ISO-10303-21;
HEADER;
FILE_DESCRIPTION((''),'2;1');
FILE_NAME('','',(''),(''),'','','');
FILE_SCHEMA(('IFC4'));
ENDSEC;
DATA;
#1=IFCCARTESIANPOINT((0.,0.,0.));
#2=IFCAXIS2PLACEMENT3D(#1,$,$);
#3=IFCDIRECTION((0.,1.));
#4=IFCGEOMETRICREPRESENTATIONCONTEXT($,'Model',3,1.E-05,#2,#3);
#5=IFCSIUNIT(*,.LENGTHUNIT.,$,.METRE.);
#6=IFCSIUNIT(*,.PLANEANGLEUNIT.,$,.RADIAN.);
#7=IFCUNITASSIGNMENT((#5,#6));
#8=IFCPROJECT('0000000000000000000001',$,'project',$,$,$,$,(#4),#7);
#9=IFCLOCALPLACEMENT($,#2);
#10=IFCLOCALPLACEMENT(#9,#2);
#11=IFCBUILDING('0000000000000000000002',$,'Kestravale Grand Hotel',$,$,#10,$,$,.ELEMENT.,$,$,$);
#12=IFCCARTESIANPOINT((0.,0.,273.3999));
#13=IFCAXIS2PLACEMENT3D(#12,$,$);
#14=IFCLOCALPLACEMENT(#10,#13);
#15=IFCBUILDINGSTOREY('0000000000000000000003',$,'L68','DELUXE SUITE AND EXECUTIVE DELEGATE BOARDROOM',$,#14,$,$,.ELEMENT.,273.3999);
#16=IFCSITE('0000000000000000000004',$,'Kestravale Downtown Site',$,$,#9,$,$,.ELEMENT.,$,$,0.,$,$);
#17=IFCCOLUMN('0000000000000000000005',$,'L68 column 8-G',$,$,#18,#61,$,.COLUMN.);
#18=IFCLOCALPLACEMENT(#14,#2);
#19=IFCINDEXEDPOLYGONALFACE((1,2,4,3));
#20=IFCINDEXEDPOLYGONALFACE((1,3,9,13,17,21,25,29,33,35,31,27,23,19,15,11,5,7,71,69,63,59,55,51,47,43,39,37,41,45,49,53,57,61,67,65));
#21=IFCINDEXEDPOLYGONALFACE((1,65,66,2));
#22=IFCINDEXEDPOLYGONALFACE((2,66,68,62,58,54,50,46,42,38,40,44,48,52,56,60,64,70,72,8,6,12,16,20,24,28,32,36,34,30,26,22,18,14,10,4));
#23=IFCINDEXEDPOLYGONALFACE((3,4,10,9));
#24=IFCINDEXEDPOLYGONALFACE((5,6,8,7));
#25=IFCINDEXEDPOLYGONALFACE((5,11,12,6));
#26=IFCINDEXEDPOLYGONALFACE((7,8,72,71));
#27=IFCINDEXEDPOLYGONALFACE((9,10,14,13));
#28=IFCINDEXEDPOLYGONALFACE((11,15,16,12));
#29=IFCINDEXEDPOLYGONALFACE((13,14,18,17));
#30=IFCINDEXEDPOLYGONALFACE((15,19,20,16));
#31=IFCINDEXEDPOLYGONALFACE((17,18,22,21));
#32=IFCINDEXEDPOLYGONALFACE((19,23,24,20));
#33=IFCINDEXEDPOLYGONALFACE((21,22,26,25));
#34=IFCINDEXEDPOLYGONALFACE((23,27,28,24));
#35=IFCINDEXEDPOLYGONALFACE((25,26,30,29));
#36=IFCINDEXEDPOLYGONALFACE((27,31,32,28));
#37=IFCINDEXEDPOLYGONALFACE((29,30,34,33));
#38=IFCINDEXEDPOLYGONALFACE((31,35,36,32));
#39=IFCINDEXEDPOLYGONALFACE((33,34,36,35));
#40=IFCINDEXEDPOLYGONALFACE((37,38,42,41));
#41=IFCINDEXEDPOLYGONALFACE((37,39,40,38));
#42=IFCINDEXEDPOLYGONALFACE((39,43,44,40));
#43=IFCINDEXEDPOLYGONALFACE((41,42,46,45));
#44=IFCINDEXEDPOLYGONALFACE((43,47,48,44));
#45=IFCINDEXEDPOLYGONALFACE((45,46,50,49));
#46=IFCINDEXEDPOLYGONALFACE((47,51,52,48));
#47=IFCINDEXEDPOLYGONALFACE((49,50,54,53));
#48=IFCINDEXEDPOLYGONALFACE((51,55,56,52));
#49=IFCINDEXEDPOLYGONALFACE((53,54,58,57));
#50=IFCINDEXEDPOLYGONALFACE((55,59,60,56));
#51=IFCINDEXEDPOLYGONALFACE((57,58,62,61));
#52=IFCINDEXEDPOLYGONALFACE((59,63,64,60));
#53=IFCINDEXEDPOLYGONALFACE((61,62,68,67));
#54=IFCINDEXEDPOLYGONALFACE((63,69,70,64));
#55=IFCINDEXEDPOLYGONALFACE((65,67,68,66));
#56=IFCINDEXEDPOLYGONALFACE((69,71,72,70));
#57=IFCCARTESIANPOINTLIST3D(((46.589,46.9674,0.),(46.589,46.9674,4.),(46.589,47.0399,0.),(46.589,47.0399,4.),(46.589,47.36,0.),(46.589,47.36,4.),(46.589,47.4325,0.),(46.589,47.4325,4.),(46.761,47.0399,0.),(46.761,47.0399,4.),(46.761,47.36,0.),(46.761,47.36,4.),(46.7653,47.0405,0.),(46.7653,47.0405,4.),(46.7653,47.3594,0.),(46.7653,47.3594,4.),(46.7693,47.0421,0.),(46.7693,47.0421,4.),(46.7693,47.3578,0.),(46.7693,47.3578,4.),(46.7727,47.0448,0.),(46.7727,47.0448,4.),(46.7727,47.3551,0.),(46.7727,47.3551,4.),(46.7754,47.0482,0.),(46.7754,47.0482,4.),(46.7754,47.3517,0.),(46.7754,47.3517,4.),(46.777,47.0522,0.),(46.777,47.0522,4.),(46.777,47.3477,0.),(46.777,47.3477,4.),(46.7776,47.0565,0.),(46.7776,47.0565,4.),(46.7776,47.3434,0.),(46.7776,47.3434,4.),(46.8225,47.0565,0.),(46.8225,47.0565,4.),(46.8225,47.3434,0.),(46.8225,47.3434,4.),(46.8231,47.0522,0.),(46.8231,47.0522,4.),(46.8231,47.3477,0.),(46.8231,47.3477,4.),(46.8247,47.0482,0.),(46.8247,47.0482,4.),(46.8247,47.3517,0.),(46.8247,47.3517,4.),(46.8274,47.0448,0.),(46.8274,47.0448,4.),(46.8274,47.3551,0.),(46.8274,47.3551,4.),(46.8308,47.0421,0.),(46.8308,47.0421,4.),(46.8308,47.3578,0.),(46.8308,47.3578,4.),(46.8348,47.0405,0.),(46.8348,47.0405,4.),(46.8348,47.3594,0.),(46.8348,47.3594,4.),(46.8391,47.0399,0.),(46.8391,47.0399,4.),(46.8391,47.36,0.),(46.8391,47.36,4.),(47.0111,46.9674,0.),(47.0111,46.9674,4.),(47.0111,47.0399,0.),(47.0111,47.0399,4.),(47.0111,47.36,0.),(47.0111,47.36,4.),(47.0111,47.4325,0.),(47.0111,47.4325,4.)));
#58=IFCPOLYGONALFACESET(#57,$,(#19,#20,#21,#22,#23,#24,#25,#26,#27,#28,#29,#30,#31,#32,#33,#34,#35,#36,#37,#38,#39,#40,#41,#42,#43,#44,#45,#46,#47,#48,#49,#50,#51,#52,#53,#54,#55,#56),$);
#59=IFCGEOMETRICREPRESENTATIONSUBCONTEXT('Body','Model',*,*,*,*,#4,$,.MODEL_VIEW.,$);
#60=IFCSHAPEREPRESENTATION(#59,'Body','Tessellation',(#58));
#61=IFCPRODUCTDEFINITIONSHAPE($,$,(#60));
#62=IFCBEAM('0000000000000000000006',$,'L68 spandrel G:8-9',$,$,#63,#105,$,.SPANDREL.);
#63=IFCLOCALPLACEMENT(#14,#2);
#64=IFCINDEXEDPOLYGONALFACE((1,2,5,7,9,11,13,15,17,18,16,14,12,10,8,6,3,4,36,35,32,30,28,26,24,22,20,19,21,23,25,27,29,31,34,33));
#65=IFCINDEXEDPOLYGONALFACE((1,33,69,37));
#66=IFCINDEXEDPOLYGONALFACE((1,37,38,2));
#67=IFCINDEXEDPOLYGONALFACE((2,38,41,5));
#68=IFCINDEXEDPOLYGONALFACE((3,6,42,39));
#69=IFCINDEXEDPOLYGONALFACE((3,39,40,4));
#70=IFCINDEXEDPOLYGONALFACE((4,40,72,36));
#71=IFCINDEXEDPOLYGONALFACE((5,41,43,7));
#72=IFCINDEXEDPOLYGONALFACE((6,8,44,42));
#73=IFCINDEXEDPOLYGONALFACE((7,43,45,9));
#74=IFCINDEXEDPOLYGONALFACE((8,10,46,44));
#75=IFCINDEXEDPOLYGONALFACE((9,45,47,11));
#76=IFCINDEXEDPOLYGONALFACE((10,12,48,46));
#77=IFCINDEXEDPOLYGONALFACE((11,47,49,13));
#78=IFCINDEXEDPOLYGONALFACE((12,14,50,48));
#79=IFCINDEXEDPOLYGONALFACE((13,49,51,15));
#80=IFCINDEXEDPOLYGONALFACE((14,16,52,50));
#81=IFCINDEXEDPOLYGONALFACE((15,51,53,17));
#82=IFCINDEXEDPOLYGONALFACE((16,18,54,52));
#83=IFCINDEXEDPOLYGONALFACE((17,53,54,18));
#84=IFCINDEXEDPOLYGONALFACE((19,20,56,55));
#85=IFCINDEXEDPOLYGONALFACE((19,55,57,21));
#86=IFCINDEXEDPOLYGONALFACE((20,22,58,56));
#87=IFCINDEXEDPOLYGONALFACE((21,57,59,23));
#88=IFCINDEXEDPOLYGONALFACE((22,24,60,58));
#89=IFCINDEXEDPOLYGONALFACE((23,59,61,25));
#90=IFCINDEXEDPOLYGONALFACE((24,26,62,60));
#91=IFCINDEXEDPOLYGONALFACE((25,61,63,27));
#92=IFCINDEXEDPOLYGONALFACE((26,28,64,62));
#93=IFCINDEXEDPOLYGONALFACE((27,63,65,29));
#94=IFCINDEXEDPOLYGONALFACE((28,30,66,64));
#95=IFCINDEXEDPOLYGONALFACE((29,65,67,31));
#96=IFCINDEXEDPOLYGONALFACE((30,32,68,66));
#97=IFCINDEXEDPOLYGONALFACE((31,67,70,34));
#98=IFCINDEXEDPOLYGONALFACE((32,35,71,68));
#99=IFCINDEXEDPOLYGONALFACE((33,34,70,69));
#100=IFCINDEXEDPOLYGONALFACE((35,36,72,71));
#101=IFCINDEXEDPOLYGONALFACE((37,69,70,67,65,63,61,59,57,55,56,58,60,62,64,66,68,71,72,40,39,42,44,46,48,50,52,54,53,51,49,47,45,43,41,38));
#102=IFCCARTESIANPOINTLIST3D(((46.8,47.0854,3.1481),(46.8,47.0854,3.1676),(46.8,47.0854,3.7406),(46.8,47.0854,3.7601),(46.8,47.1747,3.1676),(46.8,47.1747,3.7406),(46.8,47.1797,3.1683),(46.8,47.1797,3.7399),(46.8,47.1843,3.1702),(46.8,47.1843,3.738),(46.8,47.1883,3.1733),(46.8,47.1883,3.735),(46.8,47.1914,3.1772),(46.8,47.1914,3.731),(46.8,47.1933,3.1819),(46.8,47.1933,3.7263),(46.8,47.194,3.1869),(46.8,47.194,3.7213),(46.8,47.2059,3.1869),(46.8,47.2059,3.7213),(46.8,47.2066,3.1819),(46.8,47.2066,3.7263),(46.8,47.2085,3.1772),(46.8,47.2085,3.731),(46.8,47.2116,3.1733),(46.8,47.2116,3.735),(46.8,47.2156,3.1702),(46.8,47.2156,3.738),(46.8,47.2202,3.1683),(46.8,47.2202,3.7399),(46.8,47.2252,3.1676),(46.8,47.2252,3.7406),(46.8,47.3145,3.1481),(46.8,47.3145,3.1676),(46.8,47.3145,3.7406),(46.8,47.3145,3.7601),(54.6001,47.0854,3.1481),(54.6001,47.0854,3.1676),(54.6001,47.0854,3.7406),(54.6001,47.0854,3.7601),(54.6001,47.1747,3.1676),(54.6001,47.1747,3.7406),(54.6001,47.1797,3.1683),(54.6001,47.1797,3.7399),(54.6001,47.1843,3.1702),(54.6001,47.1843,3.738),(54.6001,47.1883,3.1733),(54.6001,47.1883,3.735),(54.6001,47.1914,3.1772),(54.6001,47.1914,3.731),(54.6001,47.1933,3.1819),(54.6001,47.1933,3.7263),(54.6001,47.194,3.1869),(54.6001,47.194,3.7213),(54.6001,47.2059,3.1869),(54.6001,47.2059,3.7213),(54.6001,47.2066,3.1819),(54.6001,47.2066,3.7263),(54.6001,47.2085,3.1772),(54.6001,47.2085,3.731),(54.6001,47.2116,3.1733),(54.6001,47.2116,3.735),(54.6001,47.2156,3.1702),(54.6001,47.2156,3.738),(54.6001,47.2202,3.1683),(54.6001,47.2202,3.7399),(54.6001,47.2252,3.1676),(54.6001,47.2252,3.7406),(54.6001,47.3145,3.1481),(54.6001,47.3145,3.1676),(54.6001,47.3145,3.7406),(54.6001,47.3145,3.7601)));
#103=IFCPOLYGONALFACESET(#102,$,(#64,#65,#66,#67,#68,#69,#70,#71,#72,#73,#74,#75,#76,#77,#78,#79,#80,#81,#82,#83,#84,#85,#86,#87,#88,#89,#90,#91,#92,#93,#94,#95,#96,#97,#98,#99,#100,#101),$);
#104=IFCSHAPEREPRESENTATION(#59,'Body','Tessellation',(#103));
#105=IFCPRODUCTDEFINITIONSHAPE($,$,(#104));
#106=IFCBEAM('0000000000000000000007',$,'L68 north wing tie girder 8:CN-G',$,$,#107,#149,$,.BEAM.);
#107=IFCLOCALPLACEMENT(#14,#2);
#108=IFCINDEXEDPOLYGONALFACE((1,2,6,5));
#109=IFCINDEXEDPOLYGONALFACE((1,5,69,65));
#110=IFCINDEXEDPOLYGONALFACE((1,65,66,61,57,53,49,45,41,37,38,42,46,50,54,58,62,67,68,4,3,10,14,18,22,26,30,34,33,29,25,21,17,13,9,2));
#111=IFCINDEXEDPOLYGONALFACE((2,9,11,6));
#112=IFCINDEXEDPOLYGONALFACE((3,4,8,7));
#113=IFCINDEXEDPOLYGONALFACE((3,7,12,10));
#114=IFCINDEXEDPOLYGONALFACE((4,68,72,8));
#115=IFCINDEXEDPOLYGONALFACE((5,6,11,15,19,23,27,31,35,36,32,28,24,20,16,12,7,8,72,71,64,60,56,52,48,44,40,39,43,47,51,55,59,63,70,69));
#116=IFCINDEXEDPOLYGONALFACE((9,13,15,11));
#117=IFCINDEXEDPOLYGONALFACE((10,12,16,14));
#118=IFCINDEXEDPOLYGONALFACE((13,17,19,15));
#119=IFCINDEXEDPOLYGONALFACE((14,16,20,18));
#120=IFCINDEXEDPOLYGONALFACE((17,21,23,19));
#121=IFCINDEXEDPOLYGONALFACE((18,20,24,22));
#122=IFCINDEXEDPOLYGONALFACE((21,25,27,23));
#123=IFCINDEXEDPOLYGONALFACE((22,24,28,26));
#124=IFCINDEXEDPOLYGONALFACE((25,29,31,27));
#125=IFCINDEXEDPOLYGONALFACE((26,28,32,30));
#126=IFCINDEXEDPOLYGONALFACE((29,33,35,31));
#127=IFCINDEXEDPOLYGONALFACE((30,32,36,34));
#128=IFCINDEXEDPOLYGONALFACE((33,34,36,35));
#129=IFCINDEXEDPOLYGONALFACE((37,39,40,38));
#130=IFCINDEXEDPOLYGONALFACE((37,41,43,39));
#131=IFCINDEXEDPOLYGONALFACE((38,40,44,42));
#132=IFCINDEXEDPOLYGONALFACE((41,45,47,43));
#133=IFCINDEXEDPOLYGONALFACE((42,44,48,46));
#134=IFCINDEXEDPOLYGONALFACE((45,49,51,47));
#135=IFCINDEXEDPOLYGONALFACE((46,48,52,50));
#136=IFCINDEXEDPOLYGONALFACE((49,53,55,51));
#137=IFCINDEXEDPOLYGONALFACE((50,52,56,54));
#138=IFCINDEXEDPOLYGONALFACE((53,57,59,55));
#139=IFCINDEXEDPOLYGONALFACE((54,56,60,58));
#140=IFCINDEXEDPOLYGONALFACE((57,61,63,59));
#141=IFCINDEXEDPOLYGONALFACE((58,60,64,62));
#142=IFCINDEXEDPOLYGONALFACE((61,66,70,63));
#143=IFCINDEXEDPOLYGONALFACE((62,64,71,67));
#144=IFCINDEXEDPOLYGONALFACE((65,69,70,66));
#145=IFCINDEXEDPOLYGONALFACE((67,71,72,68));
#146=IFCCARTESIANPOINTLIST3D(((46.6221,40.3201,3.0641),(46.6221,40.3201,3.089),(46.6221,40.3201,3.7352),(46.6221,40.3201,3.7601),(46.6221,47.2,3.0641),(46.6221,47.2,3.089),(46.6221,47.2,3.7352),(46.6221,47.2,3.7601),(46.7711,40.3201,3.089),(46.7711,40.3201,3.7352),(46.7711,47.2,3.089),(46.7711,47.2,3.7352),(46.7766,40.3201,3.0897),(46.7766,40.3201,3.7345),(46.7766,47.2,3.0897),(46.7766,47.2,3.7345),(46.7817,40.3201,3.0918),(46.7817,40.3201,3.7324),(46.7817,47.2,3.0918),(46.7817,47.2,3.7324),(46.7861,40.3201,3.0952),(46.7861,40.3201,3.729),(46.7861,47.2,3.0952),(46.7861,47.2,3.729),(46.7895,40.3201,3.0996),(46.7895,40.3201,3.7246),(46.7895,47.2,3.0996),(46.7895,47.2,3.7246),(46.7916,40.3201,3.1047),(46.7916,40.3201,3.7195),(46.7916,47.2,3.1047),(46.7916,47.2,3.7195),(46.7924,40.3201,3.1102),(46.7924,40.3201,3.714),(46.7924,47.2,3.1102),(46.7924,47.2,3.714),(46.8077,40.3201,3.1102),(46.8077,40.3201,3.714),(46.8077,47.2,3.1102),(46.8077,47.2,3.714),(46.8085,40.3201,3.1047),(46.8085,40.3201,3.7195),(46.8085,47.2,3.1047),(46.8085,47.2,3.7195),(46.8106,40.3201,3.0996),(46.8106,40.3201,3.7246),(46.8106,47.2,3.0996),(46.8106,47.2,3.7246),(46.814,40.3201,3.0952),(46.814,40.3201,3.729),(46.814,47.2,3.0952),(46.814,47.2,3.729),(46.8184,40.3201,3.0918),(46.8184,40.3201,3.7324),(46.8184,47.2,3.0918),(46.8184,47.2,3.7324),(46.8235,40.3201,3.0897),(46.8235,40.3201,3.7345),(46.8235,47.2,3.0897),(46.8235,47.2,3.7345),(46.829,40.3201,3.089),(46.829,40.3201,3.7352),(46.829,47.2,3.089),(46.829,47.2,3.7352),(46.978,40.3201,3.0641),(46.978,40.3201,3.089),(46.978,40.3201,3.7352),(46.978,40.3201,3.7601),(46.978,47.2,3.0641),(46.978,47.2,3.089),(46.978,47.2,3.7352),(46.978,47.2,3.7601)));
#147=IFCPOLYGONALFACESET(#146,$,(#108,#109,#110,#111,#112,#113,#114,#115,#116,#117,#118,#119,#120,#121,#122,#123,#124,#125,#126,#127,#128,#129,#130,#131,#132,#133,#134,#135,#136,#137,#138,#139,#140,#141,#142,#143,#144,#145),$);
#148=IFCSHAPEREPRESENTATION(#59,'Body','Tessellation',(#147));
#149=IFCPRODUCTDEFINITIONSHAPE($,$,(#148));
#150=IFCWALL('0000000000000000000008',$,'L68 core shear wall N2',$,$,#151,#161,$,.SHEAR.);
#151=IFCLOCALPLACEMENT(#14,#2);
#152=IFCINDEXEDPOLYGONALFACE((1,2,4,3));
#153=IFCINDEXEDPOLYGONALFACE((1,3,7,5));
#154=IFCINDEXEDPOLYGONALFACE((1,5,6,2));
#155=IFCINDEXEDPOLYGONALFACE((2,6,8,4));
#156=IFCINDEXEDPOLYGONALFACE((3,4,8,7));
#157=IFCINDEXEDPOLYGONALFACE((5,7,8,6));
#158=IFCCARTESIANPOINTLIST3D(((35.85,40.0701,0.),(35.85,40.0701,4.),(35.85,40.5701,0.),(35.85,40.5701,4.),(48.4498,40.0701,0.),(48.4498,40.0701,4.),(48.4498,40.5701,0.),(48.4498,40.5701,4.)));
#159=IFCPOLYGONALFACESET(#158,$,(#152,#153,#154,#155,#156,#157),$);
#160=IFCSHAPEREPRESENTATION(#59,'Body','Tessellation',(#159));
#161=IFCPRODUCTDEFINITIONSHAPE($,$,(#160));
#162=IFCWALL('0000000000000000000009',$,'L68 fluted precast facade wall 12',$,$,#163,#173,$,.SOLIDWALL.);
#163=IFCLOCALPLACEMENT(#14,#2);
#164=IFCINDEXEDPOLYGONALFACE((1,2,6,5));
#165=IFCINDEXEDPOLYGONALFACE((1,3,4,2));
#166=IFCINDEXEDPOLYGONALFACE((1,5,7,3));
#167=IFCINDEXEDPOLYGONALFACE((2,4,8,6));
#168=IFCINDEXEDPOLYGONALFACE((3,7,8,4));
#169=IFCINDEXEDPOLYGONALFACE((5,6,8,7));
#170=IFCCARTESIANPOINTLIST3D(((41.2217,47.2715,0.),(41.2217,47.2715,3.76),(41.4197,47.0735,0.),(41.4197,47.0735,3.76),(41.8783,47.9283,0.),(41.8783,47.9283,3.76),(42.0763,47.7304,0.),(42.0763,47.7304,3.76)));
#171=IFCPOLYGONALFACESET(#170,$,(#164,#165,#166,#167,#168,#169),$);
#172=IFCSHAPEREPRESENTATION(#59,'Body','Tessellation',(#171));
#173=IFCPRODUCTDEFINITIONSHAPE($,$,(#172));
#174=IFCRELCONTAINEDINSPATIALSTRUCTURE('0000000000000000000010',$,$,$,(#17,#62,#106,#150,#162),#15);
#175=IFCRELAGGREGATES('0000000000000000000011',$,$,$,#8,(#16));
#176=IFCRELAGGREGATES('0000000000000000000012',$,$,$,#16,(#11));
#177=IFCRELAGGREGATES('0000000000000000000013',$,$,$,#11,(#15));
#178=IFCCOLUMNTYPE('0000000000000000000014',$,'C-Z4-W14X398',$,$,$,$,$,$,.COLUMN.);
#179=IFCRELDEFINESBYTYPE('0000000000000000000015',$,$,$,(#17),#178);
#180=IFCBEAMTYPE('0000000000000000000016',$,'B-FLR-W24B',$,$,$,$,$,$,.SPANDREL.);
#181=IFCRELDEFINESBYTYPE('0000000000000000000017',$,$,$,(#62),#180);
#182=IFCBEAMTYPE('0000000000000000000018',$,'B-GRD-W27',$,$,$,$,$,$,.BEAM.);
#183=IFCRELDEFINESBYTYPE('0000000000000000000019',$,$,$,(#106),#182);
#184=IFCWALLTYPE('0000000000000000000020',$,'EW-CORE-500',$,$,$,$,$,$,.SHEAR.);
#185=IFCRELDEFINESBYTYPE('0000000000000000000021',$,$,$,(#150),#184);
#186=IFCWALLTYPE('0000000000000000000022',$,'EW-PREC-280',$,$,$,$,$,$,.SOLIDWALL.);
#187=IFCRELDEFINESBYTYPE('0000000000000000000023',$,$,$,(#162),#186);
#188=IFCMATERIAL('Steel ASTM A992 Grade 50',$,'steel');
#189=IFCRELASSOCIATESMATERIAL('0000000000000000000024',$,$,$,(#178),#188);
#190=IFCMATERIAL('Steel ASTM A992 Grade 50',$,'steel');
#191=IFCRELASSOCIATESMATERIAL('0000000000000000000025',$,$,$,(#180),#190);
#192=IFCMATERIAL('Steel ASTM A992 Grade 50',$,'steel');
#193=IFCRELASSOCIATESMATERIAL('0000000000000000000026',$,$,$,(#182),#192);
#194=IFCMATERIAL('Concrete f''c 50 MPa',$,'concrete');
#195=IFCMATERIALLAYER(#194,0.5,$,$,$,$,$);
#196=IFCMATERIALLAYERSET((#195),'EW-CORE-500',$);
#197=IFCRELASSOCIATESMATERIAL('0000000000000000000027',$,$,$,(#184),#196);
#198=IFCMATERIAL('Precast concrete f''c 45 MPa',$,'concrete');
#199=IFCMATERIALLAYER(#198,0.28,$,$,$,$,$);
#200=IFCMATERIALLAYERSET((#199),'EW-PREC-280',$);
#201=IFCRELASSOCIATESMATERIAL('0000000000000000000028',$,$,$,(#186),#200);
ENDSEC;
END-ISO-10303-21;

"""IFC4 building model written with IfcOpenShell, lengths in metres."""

from ifc_helpers import new_model, si_unit, direction, frame, frame_2d, origin, origin_2d, place, context, subcontext, project, spatial, rectangle, i_section, extrude, material, layer, layer_set, material_profile, profile_set, type_object, element, save


model = new_model("IFC4")

# Units and contexts
model_context = context("Model", 3, precision=1e-05, world=origin(), true_north=direction((0.0, 1.0)))
body_context = subcontext(model_context, "Body", "Model", "MODEL_VIEW")
ifc_project = project(units=[si_unit("LENGTHUNIT", "METRE"), si_unit("PLANEANGLEUNIT", "RADIAN")], contexts=[model_context])

# Site, building, storey
site_placement = place(None, origin())
site = spatial("IfcSite", under=ifc_project, at=site_placement, Name="Kestravale Downtown Site", CompositionType="ELEMENT", RefElevation=0.0)
building_placement = place(site_placement, origin())
building = spatial("IfcBuilding", under=site, at=building_placement, Name="Kestravale Grand Hotel", CompositionType="ELEMENT")
storey_placement = place(building_placement, frame((0.0, 0.0, 273.3999)))
storey = spatial("IfcBuildingStorey", under=building, at=storey_placement, Name="L68", Description="DELUXE SUITE AND EXECUTIVE DELEGATE BOARDROOM", CompositionType="ELEMENT", Elevation=273.3999)

# Column
ifc_material_1 = material(Name="Steel ASTM A992 Grade 50", Category="steel")
ifc_material_profile_1 = material_profile(ifc_material_1, i_section(OverallWidth=0.4221, OverallDepth=0.4651, WebThickness=0.0449, FlangeThickness=0.0725, FilletRadius=0.0166, at=origin_2d()))
ifc_profile_set_1 = profile_set([ifc_material_profile_1], Name="Steel ASTM A992 Grade 50")
column_type = type_object("IfcColumnType", Name="C-Z4-W14X398", PredefinedType="COLUMN", material=ifc_profile_set_1)
column_placement = place(storey_placement, frame((46.8, 47.2, 0.0), z_axis=(0.0, 0.0, 1.0), x_axis=(1.0, 0.0, 0.0)))
element("IfcColumn", 1, at=column_placement, inside=storey, type_object=column_type, Name="L68 column 8-G", PredefinedType="COLUMN", context=body_context, shape_type="SweptSolid", body=[
    extrude(i_section(OverallWidth=0.4221, OverallDepth=0.4651, WebThickness=0.0449, FlangeThickness=0.0725, FilletRadius=0.0166, at=origin_2d()), origin(), (0.0, 0.0, 1.0), 4.0),
])

# Beams
ifc_material_2 = material(Name="Steel ASTM A992 Grade 50", Category="steel")
ifc_material_profile_2 = material_profile(ifc_material_2, i_section(OverallWidth=0.229, OverallDepth=0.6121, WebThickness=0.012, FlangeThickness=0.0195, FilletRadius=0.0193, at=origin_2d()))
ifc_profile_set_2 = profile_set([ifc_material_profile_2], Name="Steel ASTM A992 Grade 50")
beam_type_1 = type_object("IfcBeamType", Name="B-FLR-W24B", PredefinedType="SPANDREL", material=ifc_profile_set_2)
beam_1_placement = place(storey_placement, frame((46.8, 47.2, 3.4541), z_axis=(1.0, 0.0, 0.0), x_axis=(0.0, 1.0, 0.0)))
element("IfcBeam", 2, at=beam_1_placement, inside=storey, type_object=beam_type_1, Name="L68 spandrel G:8-9", PredefinedType="SPANDREL", context=body_context, shape_type="SweptSolid", body=[
    extrude(i_section(OverallWidth=0.229, OverallDepth=0.6121, WebThickness=0.012, FlangeThickness=0.0195, FilletRadius=0.0193, at=origin_2d()), origin(), (0.0, 0.0, 1.0), 7.8),
])
ifc_material_3 = material(Name="Steel ASTM A992 Grade 50", Category="steel")
ifc_material_profile_3 = material_profile(ifc_material_3, i_section(OverallWidth=0.356, OverallDepth=0.696, WebThickness=0.0154, FlangeThickness=0.0249, FilletRadius=0.0212, at=origin_2d()))
ifc_profile_set_3 = profile_set([ifc_material_profile_3], Name="Steel ASTM A992 Grade 50")
beam_type_2 = type_object("IfcBeamType", Name="B-GRD-W27", PredefinedType="BEAM", material=ifc_profile_set_3)
beam_2_placement = place(storey_placement, frame((46.8, 40.3201, 3.4121), z_axis=(0.0, 1.0, 0.0), x_axis=(-1.0, 0.0, 0.0)))
element("IfcBeam", 3, at=beam_2_placement, inside=storey, type_object=beam_type_2, Name="L68 north wing tie girder 8:CN-G", PredefinedType="BEAM", context=body_context, shape_type="SweptSolid", body=[
    extrude(i_section(OverallWidth=0.356, OverallDepth=0.696, WebThickness=0.0154, FlangeThickness=0.0249, FilletRadius=0.0212, at=origin_2d()), origin(), (0.0, 0.0, 1.0), 6.8799),
])

# Walls
ifc_material_4 = material(Name="Concrete f'c 50 MPa", Category="concrete")
ifc_layer_1 = layer(ifc_material_4, 0.5)
ifc_layer_set_1 = layer_set([ifc_layer_1], Name="EW-CORE-500")
wall_type_1 = type_object("IfcWallType", Name="EW-CORE-500", PredefinedType="SHEAR", material=ifc_layer_set_1)
wall_1_placement = place(storey_placement, frame((35.8501, 40.3201, 0.0), z_axis=(0.0, 0.0, 1.0), x_axis=(1.0, 0.0, 0.0)))
element("IfcWall", 4, at=wall_1_placement, inside=storey, type_object=wall_type_1, Name="L68 core shear wall N2", PredefinedType="SHEAR", context=body_context, shape_type="SweptSolid", body=[
    extrude(rectangle(XDim=12.5999, YDim=0.5, at=frame_2d((6.2998, 0.0))), origin(), (0.0, 0.0, 1.0), 4.0),
])
ifc_material_5 = material(Name="Precast concrete f'c 45 MPa", Category="concrete")
ifc_layer_2 = layer(ifc_material_5, 0.28)
ifc_layer_set_2 = layer_set([ifc_layer_2], Name="EW-PREC-280")
wall_type_2 = type_object("IfcWallType", Name="EW-PREC-280", PredefinedType="SOLIDWALL", material=ifc_layer_set_2)
wall_2_placement = place(storey_placement, frame((41.9773, 47.8293, 0.0), z_axis=(0.0, 0.0, 1.0), x_axis=(-0.706975, -0.707238, 0.0)))
element("IfcWall", 5, at=wall_2_placement, inside=storey, type_object=wall_type_2, Name="L68 fluted precast facade wall 12", PredefinedType="SOLIDWALL", context=body_context, shape_type="SweptSolid", body=[
    extrude(rectangle(XDim=0.9287, YDim=0.28, at=frame_2d((0.4644, 0.0))), origin(), (0.0, 0.0, 1.0), 3.76),
])

save(model, "model.ifc")
